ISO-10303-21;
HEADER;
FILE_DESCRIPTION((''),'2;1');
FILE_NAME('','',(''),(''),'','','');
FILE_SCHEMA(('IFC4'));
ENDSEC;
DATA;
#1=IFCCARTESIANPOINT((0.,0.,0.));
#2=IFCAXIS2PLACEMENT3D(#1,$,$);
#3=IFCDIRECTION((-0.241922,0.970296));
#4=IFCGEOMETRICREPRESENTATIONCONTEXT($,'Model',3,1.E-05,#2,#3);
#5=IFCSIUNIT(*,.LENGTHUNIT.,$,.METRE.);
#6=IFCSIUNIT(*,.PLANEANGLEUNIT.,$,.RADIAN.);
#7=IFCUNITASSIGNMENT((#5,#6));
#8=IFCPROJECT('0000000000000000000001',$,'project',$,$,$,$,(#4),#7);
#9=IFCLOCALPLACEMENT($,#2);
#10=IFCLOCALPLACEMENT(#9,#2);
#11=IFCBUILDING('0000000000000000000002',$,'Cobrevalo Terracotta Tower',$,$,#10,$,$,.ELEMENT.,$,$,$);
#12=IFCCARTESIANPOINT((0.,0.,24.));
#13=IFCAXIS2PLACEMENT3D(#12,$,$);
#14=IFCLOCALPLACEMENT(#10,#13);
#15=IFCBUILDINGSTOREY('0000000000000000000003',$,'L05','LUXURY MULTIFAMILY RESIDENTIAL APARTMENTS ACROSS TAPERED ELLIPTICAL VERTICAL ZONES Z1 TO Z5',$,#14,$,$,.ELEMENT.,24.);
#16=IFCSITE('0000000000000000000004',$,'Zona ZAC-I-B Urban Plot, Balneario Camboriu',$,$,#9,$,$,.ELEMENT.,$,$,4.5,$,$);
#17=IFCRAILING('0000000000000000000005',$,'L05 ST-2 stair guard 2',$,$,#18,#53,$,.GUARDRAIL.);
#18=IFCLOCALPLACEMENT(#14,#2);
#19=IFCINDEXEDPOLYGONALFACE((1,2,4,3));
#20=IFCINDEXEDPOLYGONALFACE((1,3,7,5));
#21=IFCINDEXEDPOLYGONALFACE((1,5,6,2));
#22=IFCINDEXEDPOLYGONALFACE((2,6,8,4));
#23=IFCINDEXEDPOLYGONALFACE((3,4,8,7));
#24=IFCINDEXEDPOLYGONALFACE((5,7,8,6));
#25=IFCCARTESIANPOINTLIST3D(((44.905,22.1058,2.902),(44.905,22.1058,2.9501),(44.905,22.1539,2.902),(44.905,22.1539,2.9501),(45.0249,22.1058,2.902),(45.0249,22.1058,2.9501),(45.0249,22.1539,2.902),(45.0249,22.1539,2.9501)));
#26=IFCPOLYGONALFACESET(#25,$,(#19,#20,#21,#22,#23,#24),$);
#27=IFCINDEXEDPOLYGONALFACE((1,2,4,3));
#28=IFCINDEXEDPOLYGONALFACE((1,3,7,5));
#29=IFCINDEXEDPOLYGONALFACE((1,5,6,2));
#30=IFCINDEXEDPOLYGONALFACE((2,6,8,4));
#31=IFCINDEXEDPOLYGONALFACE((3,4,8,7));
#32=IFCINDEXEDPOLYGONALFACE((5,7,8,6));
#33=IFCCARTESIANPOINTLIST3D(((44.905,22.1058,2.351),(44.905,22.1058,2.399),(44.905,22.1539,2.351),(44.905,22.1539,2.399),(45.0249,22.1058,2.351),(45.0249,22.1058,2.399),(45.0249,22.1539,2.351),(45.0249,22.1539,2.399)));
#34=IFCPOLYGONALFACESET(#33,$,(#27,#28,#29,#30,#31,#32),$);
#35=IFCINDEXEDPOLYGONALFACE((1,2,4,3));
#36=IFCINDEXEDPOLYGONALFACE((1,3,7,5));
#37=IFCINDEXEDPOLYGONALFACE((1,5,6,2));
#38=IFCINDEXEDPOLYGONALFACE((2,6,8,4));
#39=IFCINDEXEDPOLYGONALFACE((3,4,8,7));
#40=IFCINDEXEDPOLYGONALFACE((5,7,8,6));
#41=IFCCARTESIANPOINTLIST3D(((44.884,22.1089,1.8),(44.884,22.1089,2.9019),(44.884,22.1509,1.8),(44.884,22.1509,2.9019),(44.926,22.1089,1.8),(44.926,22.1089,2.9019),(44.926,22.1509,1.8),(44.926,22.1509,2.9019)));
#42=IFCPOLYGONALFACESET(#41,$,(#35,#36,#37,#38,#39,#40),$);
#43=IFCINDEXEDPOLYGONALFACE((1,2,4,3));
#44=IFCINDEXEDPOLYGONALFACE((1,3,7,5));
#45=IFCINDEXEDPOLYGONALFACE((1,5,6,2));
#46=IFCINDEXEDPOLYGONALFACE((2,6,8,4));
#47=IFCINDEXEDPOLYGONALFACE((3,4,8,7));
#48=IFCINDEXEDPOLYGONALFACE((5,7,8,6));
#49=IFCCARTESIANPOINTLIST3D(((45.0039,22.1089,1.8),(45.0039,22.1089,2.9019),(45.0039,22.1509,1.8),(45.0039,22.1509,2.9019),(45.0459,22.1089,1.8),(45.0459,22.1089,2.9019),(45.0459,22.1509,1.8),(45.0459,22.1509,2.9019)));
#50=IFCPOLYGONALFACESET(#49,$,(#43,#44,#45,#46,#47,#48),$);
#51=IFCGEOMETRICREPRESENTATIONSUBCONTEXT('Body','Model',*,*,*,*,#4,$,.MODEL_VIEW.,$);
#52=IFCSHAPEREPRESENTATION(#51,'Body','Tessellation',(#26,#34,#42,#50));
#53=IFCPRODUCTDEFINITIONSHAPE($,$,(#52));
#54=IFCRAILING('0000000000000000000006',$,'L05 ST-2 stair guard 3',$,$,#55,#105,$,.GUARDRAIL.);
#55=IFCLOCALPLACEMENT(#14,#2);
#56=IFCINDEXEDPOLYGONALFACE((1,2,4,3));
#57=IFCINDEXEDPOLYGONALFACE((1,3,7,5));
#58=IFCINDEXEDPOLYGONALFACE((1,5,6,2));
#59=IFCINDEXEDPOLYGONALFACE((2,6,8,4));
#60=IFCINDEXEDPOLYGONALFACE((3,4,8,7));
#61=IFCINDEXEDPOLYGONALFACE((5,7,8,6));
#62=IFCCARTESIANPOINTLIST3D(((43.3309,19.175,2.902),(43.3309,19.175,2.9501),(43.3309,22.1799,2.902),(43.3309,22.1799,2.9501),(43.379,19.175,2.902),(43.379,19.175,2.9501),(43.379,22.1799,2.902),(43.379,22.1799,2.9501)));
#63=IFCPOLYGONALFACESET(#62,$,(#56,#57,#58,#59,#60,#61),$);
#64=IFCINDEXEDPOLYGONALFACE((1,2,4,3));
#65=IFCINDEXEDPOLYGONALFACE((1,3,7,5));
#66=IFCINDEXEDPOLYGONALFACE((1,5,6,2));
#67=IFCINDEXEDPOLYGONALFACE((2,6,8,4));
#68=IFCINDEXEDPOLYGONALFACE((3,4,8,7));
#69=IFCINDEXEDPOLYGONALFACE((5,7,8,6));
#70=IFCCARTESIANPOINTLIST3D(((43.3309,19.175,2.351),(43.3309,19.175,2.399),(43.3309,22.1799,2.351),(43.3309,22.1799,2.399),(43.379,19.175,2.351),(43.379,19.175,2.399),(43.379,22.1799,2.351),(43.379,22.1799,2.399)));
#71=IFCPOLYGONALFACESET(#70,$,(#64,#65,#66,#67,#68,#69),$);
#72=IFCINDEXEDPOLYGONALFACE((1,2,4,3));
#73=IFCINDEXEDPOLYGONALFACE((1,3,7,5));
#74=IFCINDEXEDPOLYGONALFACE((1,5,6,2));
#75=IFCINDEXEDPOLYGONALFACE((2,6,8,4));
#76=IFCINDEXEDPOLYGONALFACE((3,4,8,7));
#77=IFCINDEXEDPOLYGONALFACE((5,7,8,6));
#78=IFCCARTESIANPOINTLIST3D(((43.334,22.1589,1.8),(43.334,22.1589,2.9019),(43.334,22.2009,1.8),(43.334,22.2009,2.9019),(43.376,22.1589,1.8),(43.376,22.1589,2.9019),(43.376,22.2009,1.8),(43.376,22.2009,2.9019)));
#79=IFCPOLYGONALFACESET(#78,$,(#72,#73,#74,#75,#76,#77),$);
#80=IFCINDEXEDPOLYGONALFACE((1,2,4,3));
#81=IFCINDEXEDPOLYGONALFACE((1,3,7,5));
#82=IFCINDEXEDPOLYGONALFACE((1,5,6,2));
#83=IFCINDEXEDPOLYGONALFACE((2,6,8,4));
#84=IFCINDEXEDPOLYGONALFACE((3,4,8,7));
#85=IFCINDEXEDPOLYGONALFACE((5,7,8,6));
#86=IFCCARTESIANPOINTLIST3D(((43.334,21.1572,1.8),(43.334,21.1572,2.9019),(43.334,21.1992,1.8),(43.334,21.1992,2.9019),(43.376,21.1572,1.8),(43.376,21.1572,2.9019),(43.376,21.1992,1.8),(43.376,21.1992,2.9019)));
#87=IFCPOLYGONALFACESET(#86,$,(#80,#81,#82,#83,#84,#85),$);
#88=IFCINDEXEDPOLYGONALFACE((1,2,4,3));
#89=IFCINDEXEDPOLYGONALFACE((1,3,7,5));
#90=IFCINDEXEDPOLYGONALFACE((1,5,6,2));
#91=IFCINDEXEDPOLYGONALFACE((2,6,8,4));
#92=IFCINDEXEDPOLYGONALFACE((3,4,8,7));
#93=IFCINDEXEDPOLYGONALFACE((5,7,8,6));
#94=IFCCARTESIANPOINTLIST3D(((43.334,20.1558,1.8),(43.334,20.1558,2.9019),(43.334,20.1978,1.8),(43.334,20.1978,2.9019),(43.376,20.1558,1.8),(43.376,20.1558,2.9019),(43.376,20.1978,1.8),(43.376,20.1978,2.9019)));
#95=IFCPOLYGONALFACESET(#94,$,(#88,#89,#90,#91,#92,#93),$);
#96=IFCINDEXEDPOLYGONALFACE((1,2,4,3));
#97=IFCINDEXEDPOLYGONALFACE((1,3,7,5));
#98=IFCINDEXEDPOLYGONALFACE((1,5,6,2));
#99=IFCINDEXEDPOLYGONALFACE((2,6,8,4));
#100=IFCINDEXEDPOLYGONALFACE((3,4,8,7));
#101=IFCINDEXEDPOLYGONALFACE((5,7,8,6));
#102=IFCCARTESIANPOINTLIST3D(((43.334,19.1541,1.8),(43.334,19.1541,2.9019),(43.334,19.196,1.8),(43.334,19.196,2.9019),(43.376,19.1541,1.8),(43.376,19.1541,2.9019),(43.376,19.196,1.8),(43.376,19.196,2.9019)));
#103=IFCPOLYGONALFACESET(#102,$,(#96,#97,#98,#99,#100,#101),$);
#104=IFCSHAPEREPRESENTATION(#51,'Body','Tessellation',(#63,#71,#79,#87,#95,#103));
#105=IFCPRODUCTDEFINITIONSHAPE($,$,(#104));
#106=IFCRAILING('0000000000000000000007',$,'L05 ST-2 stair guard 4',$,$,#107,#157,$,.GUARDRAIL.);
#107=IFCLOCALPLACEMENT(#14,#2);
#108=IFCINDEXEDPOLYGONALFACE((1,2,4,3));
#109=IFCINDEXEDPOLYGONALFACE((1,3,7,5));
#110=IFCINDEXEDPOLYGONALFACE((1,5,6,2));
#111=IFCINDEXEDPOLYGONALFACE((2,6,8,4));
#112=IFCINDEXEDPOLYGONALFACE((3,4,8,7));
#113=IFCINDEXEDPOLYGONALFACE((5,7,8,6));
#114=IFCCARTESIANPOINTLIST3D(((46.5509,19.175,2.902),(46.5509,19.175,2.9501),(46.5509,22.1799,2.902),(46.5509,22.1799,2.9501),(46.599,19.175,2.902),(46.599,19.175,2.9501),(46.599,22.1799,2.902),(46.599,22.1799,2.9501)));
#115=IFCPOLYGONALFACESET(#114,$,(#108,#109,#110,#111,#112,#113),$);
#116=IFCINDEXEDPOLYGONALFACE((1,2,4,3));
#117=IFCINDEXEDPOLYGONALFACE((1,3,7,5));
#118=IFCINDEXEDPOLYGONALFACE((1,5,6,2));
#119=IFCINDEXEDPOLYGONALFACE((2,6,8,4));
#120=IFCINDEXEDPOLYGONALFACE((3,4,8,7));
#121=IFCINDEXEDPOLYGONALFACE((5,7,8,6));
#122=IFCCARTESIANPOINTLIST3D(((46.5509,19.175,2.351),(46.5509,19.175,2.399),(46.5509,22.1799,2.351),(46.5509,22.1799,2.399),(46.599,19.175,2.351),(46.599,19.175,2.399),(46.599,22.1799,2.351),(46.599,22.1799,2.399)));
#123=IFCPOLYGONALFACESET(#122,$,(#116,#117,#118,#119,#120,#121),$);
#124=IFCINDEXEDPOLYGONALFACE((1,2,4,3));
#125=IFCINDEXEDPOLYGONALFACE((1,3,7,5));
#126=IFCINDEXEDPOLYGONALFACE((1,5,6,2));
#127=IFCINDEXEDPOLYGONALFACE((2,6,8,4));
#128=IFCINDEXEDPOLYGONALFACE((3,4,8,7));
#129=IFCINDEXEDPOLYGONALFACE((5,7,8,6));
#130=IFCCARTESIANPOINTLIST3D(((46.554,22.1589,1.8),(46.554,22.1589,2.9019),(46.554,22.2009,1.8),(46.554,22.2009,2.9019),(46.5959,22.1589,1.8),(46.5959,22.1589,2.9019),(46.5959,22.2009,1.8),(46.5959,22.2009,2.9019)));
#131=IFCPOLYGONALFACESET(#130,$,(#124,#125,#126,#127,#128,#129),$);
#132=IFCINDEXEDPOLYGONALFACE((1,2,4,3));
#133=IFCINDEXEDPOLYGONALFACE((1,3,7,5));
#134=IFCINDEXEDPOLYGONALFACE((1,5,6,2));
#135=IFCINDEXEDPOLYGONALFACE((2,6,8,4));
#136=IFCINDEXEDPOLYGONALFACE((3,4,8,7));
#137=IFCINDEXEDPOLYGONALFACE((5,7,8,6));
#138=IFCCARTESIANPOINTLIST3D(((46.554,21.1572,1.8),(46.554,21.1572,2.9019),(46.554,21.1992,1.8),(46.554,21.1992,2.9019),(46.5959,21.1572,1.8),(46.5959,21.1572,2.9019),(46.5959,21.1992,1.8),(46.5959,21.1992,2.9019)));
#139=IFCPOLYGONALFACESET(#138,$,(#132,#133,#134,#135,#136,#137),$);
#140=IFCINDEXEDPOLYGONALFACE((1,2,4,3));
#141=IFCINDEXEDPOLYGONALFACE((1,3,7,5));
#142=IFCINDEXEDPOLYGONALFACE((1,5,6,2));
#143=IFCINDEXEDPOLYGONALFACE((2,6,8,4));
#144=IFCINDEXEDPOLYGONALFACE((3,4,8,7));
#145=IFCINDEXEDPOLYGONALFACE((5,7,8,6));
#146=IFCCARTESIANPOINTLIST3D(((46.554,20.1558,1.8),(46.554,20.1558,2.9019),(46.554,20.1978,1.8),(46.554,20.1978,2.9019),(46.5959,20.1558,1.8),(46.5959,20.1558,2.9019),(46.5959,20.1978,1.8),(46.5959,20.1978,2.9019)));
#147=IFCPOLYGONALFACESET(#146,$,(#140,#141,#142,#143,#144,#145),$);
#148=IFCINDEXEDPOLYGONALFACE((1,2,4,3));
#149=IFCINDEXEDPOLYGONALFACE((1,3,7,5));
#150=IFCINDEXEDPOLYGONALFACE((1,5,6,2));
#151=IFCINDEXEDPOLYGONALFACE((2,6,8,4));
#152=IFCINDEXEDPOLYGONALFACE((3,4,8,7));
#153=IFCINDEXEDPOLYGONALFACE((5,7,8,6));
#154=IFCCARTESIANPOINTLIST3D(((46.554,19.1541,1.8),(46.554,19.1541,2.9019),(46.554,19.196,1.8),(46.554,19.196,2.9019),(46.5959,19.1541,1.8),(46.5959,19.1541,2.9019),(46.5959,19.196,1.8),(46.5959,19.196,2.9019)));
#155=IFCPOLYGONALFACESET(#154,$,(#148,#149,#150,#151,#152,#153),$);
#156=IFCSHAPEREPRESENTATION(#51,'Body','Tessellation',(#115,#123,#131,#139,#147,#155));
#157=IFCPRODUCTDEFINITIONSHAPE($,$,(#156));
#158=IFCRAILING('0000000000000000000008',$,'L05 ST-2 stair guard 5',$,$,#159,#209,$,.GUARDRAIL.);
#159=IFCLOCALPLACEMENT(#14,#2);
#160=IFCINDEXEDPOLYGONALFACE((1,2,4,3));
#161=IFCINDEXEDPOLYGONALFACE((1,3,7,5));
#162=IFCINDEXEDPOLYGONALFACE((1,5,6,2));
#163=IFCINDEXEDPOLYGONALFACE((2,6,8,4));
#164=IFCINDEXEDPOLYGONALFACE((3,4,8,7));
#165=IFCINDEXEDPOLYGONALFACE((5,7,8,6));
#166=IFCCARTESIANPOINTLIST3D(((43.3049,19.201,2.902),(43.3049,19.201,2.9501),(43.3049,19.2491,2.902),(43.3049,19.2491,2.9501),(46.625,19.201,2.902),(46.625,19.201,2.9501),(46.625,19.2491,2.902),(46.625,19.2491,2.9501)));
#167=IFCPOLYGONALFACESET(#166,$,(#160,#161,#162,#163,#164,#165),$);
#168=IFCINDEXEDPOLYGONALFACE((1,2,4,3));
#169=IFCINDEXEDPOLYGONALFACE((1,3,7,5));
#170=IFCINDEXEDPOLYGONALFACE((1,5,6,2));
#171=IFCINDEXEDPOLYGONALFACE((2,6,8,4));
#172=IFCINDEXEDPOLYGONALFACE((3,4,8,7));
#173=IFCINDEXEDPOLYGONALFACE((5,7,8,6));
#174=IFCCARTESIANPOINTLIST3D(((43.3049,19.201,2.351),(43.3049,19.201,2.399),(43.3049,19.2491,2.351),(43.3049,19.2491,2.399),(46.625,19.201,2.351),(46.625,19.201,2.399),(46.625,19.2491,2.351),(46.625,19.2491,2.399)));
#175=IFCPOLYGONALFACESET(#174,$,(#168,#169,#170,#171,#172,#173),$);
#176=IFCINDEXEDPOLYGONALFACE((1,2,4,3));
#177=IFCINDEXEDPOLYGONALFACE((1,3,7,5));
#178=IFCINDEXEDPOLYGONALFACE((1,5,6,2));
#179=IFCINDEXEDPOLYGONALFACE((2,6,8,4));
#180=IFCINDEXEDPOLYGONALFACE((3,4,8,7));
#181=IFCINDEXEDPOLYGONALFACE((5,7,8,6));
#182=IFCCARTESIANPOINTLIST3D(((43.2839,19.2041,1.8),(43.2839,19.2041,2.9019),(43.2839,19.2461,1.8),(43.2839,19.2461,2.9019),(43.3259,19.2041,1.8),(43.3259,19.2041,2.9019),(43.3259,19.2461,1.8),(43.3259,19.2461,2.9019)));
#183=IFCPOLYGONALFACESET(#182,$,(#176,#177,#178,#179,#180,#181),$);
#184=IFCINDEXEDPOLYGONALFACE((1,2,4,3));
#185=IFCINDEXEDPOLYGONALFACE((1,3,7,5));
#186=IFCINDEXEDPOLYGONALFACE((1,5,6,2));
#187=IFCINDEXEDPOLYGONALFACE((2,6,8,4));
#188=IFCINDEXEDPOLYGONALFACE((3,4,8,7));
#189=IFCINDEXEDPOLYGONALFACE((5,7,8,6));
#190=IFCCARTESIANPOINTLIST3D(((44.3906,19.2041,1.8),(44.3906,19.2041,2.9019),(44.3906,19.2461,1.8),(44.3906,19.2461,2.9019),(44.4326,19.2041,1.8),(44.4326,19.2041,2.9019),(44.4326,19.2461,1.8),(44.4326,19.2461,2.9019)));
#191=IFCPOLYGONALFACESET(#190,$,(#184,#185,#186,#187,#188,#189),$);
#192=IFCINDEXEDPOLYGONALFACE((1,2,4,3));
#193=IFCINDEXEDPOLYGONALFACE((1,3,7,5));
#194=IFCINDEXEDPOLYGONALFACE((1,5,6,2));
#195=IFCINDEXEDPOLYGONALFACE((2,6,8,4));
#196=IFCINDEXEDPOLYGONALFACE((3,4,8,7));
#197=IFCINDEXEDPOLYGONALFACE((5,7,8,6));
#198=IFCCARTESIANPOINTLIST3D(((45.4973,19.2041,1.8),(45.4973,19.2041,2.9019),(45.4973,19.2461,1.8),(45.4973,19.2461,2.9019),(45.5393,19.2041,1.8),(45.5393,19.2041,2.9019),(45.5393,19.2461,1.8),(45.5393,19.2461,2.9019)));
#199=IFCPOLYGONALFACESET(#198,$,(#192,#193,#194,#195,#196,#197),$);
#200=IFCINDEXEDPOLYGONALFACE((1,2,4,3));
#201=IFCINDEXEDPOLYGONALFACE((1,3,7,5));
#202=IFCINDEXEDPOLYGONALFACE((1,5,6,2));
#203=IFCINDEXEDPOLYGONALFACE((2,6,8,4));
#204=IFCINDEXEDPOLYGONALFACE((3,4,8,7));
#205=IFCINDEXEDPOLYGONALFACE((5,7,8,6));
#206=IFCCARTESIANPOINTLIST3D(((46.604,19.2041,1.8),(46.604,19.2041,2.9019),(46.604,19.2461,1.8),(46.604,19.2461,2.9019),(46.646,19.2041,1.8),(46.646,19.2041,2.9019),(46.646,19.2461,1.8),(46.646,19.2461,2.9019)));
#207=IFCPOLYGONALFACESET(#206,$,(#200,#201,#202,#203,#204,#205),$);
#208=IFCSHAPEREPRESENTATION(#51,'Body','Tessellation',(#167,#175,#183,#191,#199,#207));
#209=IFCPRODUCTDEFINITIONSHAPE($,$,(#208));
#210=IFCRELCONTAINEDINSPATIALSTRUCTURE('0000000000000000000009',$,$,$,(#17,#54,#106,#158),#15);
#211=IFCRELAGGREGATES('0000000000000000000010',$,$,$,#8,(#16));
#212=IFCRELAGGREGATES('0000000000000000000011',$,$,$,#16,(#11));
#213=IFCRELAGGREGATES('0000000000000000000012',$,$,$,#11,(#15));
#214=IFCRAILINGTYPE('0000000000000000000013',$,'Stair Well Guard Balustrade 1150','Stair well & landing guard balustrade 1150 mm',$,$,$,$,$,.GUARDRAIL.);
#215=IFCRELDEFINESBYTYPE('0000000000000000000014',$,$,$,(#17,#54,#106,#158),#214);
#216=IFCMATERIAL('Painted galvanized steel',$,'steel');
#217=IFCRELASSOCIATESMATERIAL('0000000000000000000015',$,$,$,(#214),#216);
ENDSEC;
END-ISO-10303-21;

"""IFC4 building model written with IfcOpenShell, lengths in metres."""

from ifc_helpers import new_model, si_unit, direction, frame, origin, origin_2d, place, context, subcontext, project, spatial, rectangle, extrude, material, type_object, element, save


model = new_model("IFC4")

# Units and contexts
model_context = context("Model", 3, precision=1e-05, world=origin(), true_north=direction((-0.241922, 0.970296)))
body_context = subcontext(model_context, "Body", "Model", "MODEL_VIEW")
ifc_project = project(units=[si_unit("LENGTHUNIT", "METRE"), si_unit("PLANEANGLEUNIT", "RADIAN")], contexts=[model_context])

# Site, building, storey
site_placement = place(None, origin())
site = spatial("IfcSite", under=ifc_project, at=site_placement, Name="Zona ZAC-I-B Urban Plot, Balneario Camboriu", CompositionType="ELEMENT", RefElevation=4.5)
building_placement = place(site_placement, origin())
building = spatial("IfcBuilding", under=site, at=building_placement, Name="Cobrevalo Terracotta Tower", CompositionType="ELEMENT")
storey_placement = place(building_placement, frame((0.0, 0.0, 24.0)))
storey = spatial("IfcBuildingStorey", under=building, at=storey_placement, Name="L05", Description="LUXURY MULTIFAMILY RESIDENTIAL APARTMENTS ACROSS TAPERED ELLIPTICAL VERTICAL ZONES Z1 TO Z5", CompositionType="ELEMENT", Elevation=24.0)

# Railings
ifc_material_1 = material(Name="Painted galvanized steel", Category="steel")
railing_type_1 = type_object("IfcRailingType", Name="Stair Well Guard Balustrade 1150", Description="Stair well & landing guard balustrade 1150 mm", PredefinedType="GUARDRAIL", material=ifc_material_1)
railing_1_placement = place(storey_placement, frame((44.905, 22.1299, 1.8)))
element("IfcRailing", 1, at=railing_1_placement, inside=storey, type_object=railing_type_1, Name="L05 ST-2 stair guard 2", PredefinedType="GUARDRAIL", context=body_context, shape_type="SweptSolid", body=[
    extrude(rectangle(XDim=0.0481, YDim=0.0481, at=origin_2d()), frame((0.0, 0.0, 1.126), z_axis=(1.0, 0.0, 0.0), x_axis=(0.0, 1.0, 0.0)), (0.0, 0.0, 1.0), 0.1199),
    extrude(rectangle(XDim=0.0481, YDim=0.0481, at=origin_2d()), frame((0.0, 0.0, 0.575), z_axis=(1.0, 0.0, 0.0), x_axis=(0.0, 1.0, 0.0)), (0.0, 0.0, 1.0), 0.1199),
    extrude(rectangle(XDim=0.042, YDim=0.042, at=origin_2d()), origin(), (0.0, 0.0, 1.0), 1.1018),
    extrude(rectangle(XDim=0.042, YDim=0.042, at=origin_2d()), frame((0.1199, 0.0, 0.0)), (0.0, 0.0, 1.0), 1.1018),
])
for number, where, name in (
    (2, (43.355, 22.1799, 1.8), "L05 ST-2 stair guard 3"),
    (3, (46.575, 22.1799, 1.8), "L05 ST-2 stair guard 4"),
):
    element("IfcRailing", number, at=place(storey_placement, frame(where)), inside=storey, type_object=railing_type_1, Name=name, PredefinedType="GUARDRAIL", context=body_context, shape_type="SweptSolid", body=[
        extrude(rectangle(XDim=0.0481, YDim=0.0481, at=origin_2d()), frame((0.0, 0.0, 1.126), z_axis=(0.0, -1.0, 0.0), x_axis=(1.0, 0.0, 0.0)), (0.0, 0.0, 1.0), 3.0049),
        extrude(rectangle(XDim=0.0481, YDim=0.0481, at=origin_2d()), frame((0.0, 0.0, 0.575), z_axis=(0.0, -1.0, 0.0), x_axis=(1.0, 0.0, 0.0)), (0.0, 0.0, 1.0), 3.0049),
        extrude(rectangle(XDim=0.042, YDim=0.042, at=origin_2d()), origin(), (0.0, 0.0, 1.0), 1.1018),
        extrude(rectangle(XDim=0.042, YDim=0.042, at=origin_2d()), frame((0.0, -1.0017, 0.0)), (0.0, 0.0, 1.0), 1.1018),
        extrude(rectangle(XDim=0.042, YDim=0.042, at=origin_2d()), frame((0.0, -2.0032, 0.0)), (0.0, 0.0, 1.0), 1.1018),
        extrude(rectangle(XDim=0.042, YDim=0.042, at=origin_2d()), frame((0.0, -3.0049, 0.0)), (0.0, 0.0, 1.0), 1.1018),
    ])
railing_2_placement = place(storey_placement, frame((43.3049, 19.2251, 1.8)))
element("IfcRailing", 4, at=railing_2_placement, inside=storey, type_object=railing_type_1, Name="L05 ST-2 stair guard 5", PredefinedType="GUARDRAIL", context=body_context, shape_type="SweptSolid", body=[
    extrude(rectangle(XDim=0.0481, YDim=0.0481, at=origin_2d()), frame((0.0, 0.0, 1.126), z_axis=(1.0, 0.0, 0.0), x_axis=(0.0, 1.0, 0.0)), (0.0, 0.0, 1.0), 3.3201),
    extrude(rectangle(XDim=0.0481, YDim=0.0481, at=origin_2d()), frame((0.0, 0.0, 0.575), z_axis=(1.0, 0.0, 0.0), x_axis=(0.0, 1.0, 0.0)), (0.0, 0.0, 1.0), 3.3201),
    extrude(rectangle(XDim=0.042, YDim=0.042, at=origin_2d()), origin(), (0.0, 0.0, 1.0), 1.1018),
    extrude(rectangle(XDim=0.042, YDim=0.042, at=origin_2d()), frame((1.1067, 0.0, 0.0)), (0.0, 0.0, 1.0), 1.1018),
    extrude(rectangle(XDim=0.042, YDim=0.042, at=origin_2d()), frame((2.2134, 0.0, 0.0)), (0.0, 0.0, 1.0), 1.1018),
    extrude(rectangle(XDim=0.042, YDim=0.042, at=origin_2d()), frame((3.3201, 0.0, 0.0)), (0.0, 0.0, 1.0), 1.1018),
])

save(model, "model.ifc")
